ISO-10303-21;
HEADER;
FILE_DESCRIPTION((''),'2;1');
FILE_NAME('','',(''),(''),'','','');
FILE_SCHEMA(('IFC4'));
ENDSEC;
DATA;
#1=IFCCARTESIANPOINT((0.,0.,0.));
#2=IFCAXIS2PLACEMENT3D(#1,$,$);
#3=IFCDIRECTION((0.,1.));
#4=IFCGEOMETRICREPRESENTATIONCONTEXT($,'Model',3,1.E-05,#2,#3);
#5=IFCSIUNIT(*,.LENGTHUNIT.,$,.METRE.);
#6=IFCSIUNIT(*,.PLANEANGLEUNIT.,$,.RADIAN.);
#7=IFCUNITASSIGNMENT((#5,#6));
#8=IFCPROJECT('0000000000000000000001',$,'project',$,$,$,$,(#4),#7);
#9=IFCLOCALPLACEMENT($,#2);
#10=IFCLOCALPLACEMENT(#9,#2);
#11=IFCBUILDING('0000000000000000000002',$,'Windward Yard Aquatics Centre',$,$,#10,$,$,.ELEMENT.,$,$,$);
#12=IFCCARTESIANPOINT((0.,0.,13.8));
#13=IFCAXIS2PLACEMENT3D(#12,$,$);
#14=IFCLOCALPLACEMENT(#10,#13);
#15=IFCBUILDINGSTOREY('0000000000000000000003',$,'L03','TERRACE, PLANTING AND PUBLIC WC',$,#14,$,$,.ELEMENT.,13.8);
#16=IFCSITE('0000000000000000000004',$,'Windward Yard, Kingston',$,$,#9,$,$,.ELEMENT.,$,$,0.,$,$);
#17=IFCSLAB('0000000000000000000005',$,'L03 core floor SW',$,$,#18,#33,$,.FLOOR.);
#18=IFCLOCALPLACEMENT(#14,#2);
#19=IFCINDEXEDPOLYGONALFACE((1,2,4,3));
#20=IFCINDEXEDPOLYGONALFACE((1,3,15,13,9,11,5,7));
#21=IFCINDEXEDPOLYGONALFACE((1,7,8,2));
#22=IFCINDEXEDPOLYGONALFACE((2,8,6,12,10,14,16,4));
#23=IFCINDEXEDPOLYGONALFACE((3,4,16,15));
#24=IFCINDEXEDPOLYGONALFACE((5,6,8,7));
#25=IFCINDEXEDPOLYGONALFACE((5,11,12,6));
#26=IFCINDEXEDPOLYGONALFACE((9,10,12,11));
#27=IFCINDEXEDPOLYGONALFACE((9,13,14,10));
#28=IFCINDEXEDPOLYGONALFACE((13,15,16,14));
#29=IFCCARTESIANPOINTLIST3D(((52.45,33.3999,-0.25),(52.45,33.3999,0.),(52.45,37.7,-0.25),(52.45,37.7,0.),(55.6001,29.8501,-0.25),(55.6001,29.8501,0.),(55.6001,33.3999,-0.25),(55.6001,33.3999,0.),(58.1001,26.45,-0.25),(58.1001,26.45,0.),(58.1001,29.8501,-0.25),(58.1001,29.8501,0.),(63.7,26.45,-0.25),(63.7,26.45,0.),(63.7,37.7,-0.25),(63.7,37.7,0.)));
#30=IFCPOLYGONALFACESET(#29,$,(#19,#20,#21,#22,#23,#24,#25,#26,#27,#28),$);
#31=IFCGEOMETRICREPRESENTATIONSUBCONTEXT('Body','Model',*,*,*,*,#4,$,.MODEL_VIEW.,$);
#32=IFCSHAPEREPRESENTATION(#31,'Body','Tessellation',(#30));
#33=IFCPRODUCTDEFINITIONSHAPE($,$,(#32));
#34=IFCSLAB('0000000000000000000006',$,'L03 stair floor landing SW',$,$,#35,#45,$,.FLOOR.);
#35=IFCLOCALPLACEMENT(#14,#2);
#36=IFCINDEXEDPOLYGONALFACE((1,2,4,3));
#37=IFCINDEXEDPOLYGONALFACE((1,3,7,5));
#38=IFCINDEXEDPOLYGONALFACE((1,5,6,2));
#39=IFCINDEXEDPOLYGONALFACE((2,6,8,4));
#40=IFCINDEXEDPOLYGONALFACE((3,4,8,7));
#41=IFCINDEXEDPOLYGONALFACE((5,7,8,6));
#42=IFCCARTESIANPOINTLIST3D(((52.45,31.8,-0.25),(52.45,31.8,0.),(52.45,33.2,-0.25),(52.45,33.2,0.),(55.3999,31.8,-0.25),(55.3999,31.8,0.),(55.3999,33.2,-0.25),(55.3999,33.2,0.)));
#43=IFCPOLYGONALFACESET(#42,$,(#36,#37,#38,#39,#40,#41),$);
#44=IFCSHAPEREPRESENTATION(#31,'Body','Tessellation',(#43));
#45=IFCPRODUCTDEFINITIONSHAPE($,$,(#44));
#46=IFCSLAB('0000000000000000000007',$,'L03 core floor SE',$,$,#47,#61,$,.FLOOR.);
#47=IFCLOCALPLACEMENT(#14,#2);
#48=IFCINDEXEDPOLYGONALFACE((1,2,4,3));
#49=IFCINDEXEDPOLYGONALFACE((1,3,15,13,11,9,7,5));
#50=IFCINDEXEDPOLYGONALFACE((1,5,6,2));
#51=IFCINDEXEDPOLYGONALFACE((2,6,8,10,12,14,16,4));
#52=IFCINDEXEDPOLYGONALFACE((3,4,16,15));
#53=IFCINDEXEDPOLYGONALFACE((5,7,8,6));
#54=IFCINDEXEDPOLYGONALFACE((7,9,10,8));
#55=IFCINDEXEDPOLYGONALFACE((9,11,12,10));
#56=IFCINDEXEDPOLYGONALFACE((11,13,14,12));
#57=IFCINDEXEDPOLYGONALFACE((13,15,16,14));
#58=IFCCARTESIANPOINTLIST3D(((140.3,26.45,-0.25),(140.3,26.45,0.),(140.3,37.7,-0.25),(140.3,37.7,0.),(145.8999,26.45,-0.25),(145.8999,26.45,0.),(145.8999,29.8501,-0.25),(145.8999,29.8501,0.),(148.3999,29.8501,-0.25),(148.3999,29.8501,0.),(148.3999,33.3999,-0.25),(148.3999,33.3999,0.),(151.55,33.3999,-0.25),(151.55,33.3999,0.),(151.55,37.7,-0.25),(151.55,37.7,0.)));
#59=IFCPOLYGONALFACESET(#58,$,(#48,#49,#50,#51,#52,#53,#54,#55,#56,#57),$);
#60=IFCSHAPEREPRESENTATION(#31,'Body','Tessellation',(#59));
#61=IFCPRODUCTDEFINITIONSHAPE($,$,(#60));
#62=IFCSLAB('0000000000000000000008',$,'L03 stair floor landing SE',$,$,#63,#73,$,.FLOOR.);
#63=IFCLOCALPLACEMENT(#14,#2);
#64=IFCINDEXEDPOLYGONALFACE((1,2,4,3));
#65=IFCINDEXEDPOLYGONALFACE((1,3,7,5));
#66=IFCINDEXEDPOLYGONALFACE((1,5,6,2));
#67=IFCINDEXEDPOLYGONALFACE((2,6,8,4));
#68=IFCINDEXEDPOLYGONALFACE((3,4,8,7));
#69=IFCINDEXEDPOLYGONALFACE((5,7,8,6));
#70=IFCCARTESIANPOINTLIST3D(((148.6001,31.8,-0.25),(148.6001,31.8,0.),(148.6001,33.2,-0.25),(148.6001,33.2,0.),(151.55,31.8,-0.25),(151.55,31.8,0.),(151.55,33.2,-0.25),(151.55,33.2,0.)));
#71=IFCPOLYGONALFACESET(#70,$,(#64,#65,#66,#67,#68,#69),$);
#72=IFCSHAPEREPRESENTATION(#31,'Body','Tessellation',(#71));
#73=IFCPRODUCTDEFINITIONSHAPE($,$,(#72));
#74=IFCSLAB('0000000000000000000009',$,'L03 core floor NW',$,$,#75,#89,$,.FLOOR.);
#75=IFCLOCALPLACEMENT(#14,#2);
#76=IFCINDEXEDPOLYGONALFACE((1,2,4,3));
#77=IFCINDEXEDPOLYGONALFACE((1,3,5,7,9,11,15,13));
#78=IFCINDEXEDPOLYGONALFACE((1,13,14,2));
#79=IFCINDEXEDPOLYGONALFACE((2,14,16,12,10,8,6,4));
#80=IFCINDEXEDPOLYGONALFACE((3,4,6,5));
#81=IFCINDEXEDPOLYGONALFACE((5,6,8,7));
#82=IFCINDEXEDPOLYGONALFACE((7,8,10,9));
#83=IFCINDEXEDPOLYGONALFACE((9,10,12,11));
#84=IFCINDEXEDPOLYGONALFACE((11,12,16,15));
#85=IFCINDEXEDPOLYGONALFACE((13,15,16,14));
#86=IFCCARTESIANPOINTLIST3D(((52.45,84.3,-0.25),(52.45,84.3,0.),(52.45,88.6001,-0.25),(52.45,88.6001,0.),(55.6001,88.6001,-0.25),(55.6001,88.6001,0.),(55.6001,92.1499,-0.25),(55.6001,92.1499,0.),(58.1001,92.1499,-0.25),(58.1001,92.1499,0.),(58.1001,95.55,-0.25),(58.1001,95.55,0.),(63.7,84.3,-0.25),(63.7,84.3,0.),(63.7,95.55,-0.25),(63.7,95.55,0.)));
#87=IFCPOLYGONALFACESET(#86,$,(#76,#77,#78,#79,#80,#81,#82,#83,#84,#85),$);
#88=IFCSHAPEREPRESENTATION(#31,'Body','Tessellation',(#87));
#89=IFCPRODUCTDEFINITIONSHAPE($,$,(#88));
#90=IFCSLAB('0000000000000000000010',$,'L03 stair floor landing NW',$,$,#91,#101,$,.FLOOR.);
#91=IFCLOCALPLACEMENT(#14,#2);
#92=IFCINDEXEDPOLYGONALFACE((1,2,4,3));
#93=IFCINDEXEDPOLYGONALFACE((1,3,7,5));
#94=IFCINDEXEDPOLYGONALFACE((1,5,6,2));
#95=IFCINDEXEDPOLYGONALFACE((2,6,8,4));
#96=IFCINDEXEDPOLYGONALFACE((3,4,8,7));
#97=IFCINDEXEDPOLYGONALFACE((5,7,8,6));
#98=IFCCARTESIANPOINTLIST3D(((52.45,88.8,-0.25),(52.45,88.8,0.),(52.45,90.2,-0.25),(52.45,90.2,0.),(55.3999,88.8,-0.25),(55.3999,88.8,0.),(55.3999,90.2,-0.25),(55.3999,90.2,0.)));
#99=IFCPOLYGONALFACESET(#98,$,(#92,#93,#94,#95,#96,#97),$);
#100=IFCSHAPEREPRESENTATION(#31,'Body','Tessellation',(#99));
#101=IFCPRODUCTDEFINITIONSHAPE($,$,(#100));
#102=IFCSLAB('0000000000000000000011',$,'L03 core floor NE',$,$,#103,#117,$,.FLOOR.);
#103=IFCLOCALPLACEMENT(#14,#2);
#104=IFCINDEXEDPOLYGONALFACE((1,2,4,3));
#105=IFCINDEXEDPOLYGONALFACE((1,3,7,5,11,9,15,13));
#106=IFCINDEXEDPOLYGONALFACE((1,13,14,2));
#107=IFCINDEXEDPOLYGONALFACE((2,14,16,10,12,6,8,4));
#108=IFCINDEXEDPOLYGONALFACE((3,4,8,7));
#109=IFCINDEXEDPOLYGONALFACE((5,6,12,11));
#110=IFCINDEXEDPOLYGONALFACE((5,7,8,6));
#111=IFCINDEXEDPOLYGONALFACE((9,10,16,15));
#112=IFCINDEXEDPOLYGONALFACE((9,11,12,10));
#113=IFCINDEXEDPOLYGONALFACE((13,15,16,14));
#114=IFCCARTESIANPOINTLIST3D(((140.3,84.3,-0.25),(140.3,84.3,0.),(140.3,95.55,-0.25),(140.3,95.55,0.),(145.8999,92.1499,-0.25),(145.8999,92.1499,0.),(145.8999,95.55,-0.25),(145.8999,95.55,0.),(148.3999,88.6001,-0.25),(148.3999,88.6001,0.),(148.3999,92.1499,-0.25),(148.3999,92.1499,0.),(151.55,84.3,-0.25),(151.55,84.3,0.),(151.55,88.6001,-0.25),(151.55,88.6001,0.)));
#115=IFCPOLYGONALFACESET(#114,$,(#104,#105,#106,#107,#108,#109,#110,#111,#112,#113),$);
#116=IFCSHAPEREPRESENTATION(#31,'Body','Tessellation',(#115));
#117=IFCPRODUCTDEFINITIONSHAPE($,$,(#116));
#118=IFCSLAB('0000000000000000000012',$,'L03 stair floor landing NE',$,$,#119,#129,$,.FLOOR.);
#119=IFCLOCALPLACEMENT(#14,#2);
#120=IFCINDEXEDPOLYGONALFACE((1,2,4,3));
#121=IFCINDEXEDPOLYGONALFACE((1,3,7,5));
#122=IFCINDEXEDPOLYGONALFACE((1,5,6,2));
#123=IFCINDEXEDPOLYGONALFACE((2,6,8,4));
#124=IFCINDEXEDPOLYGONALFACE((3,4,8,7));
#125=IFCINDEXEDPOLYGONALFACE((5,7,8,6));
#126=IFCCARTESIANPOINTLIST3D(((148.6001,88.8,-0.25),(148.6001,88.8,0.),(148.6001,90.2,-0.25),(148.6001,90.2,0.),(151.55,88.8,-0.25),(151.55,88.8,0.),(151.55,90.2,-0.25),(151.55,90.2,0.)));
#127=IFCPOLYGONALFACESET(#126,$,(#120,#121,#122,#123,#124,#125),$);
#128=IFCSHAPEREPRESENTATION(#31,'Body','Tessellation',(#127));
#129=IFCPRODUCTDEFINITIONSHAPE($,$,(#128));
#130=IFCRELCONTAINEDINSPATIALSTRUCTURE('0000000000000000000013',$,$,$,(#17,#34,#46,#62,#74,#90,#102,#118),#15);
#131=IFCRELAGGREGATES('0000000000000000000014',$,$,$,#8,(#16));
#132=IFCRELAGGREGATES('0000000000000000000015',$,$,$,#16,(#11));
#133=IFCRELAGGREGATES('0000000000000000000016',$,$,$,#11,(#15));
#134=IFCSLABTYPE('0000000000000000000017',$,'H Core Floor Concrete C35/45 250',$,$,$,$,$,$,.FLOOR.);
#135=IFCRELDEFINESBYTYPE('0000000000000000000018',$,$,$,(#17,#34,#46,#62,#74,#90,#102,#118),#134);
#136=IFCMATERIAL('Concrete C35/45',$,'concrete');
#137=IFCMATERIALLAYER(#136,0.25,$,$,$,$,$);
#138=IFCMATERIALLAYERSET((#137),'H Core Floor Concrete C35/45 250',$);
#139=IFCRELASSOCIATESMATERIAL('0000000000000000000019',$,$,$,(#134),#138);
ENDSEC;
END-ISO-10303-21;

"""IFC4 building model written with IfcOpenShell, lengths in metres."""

from ifc_helpers import new_model, si_unit, direction, frame, origin, place, context, subcontext, project, spatial, polyline, outline, extrude, material, layer, layer_set, type_object, element, save


model = new_model("IFC4")

# Units and contexts
model_context = context("Model", 3, precision=1e-05, world=origin(), true_north=direction((0.0, 1.0)))
body_context = subcontext(model_context, "Body", "Model", "MODEL_VIEW")
ifc_project = project(units=[si_unit("LENGTHUNIT", "METRE"), si_unit("PLANEANGLEUNIT", "RADIAN")], contexts=[model_context])

# Site, building, storey
site_placement = place(None, origin())
site = spatial("IfcSite", under=ifc_project, at=site_placement, Name="Windward Yard, Kingston", CompositionType="ELEMENT", RefElevation=0.0)
building_placement = place(site_placement, origin())
building = spatial("IfcBuilding", under=site, at=building_placement, Name="Windward Yard Aquatics Centre", CompositionType="ELEMENT")
storey_placement = place(building_placement, frame((0.0, 0.0, 13.8)))
storey = spatial("IfcBuildingStorey", under=building, at=storey_placement, Name="L03", Description="TERRACE, PLANTING AND PUBLIC WC", CompositionType="ELEMENT", Elevation=13.8)

# Slabs
ifc_material_1 = material(Name="Concrete C35/45", Category="concrete")
ifc_layer_1 = layer(ifc_material_1, 0.25)
ifc_layer_set_1 = layer_set([ifc_layer_1], Name="H Core Floor Concrete C35/45 250")
slab_type = type_object("IfcSlabType", Name="H Core Floor Concrete C35/45 250", PredefinedType="FLOOR", material=ifc_layer_set_1)
slab_1_placement = place(storey_placement, frame((0.0, 0.0, -0.25)))
element("IfcSlab", 1, at=slab_1_placement, inside=storey, type_object=slab_type, Name="L03 core floor SW", PredefinedType="FLOOR", context=body_context, shape_type="SweptSolid", body=[
    extrude(outline(polyline([(52.45, 33.3999), (55.6001, 33.3999), (55.6001, 29.8501), (58.1001, 29.8501), (58.1001, 26.45), (63.7, 26.45), (63.7, 37.7), (52.45, 37.7), (52.45, 33.3999)])), origin(), (0.0, 0.0, 1.0), 0.25),
])
slab_2_placement = place(storey_placement, frame((0.0, 0.0, -0.25)))
element("IfcSlab", 2, at=slab_2_placement, inside=storey, type_object=slab_type, Name="L03 stair floor landing SW", PredefinedType="FLOOR", context=body_context, shape_type="SweptSolid", body=[
    extrude(outline(polyline([(52.45, 31.8), (55.3999, 31.8), (55.3999, 33.2), (52.45, 33.2), (52.45, 31.8)])), origin(), (0.0, 0.0, 1.0), 0.25),
])
slab_3_placement = place(storey_placement, frame((0.0, 0.0, -0.25)))
element("IfcSlab", 3, at=slab_3_placement, inside=storey, type_object=slab_type, Name="L03 core floor SE", PredefinedType="FLOOR", context=body_context, shape_type="SweptSolid", body=[
    extrude(outline(polyline([(140.3, 26.45), (145.8999, 26.45), (145.8999, 29.8501), (148.3999, 29.8501), (148.3999, 33.3999), (151.55, 33.3999), (151.55, 37.7), (140.3, 37.7), (140.3, 26.45)])), origin(), (0.0, 0.0, 1.0), 0.25),
])
slab_4_placement = place(storey_placement, frame((0.0, 0.0, -0.25)))
element("IfcSlab", 4, at=slab_4_placement, inside=storey, type_object=slab_type, Name="L03 stair floor landing SE", PredefinedType="FLOOR", context=body_context, shape_type="SweptSolid", body=[
    extrude(outline(polyline([(148.6001, 31.8), (151.55, 31.8), (151.55, 33.2), (148.6001, 33.2), (148.6001, 31.8)])), origin(), (0.0, 0.0, 1.0), 0.25),
])
slab_5_placement = place(storey_placement, frame((0.0, 0.0, -0.25)))
element("IfcSlab", 5, at=slab_5_placement, inside=storey, type_object=slab_type, Name="L03 core floor NW", PredefinedType="FLOOR", context=body_context, shape_type="SweptSolid", body=[
    extrude(outline(polyline([(52.45, 84.3), (63.7, 84.3), (63.7, 95.55), (58.1001, 95.55), (58.1001, 92.1499), (55.6001, 92.1499), (55.6001, 88.6001), (52.45, 88.6001), (52.45, 84.3)])), origin(), (0.0, 0.0, 1.0), 0.25),
])
slab_6_placement = place(storey_placement, frame((0.0, 0.0, -0.25)))
element("IfcSlab", 6, at=slab_6_placement, inside=storey, type_object=slab_type, Name="L03 stair floor landing NW", PredefinedType="FLOOR", context=body_context, shape_type="SweptSolid", body=[
    extrude(outline(polyline([(52.45, 88.8), (55.3999, 88.8), (55.3999, 90.2), (52.45, 90.2), (52.45, 88.8)])), origin(), (0.0, 0.0, 1.0), 0.25),
])
slab_7_placement = place(storey_placement, frame((0.0, 0.0, -0.25)))
element("IfcSlab", 7, at=slab_7_placement, inside=storey, type_object=slab_type, Name="L03 core floor NE", PredefinedType="FLOOR", context=body_context, shape_type="SweptSolid", body=[
    extrude(outline(polyline([(140.3, 84.3), (151.55, 84.3), (151.55, 88.6001), (148.3999, 88.6001), (148.3999, 92.1499), (145.8999, 92.1499), (145.8999, 95.55), (140.3, 95.55), (140.3, 84.3)])), origin(), (0.0, 0.0, 1.0), 0.25),
])
slab_8_placement = place(storey_placement, frame((0.0, 0.0, -0.25)))
element("IfcSlab", 8, at=slab_8_placement, inside=storey, type_object=slab_type, Name="L03 stair floor landing NE", PredefinedType="FLOOR", context=body_context, shape_type="SweptSolid", body=[
    extrude(outline(polyline([(148.6001, 88.8), (151.55, 88.8), (151.55, 90.2), (148.6001, 90.2), (148.6001, 88.8)])), origin(), (0.0, 0.0, 1.0), 0.25),
])

save(model, "model.ifc")
